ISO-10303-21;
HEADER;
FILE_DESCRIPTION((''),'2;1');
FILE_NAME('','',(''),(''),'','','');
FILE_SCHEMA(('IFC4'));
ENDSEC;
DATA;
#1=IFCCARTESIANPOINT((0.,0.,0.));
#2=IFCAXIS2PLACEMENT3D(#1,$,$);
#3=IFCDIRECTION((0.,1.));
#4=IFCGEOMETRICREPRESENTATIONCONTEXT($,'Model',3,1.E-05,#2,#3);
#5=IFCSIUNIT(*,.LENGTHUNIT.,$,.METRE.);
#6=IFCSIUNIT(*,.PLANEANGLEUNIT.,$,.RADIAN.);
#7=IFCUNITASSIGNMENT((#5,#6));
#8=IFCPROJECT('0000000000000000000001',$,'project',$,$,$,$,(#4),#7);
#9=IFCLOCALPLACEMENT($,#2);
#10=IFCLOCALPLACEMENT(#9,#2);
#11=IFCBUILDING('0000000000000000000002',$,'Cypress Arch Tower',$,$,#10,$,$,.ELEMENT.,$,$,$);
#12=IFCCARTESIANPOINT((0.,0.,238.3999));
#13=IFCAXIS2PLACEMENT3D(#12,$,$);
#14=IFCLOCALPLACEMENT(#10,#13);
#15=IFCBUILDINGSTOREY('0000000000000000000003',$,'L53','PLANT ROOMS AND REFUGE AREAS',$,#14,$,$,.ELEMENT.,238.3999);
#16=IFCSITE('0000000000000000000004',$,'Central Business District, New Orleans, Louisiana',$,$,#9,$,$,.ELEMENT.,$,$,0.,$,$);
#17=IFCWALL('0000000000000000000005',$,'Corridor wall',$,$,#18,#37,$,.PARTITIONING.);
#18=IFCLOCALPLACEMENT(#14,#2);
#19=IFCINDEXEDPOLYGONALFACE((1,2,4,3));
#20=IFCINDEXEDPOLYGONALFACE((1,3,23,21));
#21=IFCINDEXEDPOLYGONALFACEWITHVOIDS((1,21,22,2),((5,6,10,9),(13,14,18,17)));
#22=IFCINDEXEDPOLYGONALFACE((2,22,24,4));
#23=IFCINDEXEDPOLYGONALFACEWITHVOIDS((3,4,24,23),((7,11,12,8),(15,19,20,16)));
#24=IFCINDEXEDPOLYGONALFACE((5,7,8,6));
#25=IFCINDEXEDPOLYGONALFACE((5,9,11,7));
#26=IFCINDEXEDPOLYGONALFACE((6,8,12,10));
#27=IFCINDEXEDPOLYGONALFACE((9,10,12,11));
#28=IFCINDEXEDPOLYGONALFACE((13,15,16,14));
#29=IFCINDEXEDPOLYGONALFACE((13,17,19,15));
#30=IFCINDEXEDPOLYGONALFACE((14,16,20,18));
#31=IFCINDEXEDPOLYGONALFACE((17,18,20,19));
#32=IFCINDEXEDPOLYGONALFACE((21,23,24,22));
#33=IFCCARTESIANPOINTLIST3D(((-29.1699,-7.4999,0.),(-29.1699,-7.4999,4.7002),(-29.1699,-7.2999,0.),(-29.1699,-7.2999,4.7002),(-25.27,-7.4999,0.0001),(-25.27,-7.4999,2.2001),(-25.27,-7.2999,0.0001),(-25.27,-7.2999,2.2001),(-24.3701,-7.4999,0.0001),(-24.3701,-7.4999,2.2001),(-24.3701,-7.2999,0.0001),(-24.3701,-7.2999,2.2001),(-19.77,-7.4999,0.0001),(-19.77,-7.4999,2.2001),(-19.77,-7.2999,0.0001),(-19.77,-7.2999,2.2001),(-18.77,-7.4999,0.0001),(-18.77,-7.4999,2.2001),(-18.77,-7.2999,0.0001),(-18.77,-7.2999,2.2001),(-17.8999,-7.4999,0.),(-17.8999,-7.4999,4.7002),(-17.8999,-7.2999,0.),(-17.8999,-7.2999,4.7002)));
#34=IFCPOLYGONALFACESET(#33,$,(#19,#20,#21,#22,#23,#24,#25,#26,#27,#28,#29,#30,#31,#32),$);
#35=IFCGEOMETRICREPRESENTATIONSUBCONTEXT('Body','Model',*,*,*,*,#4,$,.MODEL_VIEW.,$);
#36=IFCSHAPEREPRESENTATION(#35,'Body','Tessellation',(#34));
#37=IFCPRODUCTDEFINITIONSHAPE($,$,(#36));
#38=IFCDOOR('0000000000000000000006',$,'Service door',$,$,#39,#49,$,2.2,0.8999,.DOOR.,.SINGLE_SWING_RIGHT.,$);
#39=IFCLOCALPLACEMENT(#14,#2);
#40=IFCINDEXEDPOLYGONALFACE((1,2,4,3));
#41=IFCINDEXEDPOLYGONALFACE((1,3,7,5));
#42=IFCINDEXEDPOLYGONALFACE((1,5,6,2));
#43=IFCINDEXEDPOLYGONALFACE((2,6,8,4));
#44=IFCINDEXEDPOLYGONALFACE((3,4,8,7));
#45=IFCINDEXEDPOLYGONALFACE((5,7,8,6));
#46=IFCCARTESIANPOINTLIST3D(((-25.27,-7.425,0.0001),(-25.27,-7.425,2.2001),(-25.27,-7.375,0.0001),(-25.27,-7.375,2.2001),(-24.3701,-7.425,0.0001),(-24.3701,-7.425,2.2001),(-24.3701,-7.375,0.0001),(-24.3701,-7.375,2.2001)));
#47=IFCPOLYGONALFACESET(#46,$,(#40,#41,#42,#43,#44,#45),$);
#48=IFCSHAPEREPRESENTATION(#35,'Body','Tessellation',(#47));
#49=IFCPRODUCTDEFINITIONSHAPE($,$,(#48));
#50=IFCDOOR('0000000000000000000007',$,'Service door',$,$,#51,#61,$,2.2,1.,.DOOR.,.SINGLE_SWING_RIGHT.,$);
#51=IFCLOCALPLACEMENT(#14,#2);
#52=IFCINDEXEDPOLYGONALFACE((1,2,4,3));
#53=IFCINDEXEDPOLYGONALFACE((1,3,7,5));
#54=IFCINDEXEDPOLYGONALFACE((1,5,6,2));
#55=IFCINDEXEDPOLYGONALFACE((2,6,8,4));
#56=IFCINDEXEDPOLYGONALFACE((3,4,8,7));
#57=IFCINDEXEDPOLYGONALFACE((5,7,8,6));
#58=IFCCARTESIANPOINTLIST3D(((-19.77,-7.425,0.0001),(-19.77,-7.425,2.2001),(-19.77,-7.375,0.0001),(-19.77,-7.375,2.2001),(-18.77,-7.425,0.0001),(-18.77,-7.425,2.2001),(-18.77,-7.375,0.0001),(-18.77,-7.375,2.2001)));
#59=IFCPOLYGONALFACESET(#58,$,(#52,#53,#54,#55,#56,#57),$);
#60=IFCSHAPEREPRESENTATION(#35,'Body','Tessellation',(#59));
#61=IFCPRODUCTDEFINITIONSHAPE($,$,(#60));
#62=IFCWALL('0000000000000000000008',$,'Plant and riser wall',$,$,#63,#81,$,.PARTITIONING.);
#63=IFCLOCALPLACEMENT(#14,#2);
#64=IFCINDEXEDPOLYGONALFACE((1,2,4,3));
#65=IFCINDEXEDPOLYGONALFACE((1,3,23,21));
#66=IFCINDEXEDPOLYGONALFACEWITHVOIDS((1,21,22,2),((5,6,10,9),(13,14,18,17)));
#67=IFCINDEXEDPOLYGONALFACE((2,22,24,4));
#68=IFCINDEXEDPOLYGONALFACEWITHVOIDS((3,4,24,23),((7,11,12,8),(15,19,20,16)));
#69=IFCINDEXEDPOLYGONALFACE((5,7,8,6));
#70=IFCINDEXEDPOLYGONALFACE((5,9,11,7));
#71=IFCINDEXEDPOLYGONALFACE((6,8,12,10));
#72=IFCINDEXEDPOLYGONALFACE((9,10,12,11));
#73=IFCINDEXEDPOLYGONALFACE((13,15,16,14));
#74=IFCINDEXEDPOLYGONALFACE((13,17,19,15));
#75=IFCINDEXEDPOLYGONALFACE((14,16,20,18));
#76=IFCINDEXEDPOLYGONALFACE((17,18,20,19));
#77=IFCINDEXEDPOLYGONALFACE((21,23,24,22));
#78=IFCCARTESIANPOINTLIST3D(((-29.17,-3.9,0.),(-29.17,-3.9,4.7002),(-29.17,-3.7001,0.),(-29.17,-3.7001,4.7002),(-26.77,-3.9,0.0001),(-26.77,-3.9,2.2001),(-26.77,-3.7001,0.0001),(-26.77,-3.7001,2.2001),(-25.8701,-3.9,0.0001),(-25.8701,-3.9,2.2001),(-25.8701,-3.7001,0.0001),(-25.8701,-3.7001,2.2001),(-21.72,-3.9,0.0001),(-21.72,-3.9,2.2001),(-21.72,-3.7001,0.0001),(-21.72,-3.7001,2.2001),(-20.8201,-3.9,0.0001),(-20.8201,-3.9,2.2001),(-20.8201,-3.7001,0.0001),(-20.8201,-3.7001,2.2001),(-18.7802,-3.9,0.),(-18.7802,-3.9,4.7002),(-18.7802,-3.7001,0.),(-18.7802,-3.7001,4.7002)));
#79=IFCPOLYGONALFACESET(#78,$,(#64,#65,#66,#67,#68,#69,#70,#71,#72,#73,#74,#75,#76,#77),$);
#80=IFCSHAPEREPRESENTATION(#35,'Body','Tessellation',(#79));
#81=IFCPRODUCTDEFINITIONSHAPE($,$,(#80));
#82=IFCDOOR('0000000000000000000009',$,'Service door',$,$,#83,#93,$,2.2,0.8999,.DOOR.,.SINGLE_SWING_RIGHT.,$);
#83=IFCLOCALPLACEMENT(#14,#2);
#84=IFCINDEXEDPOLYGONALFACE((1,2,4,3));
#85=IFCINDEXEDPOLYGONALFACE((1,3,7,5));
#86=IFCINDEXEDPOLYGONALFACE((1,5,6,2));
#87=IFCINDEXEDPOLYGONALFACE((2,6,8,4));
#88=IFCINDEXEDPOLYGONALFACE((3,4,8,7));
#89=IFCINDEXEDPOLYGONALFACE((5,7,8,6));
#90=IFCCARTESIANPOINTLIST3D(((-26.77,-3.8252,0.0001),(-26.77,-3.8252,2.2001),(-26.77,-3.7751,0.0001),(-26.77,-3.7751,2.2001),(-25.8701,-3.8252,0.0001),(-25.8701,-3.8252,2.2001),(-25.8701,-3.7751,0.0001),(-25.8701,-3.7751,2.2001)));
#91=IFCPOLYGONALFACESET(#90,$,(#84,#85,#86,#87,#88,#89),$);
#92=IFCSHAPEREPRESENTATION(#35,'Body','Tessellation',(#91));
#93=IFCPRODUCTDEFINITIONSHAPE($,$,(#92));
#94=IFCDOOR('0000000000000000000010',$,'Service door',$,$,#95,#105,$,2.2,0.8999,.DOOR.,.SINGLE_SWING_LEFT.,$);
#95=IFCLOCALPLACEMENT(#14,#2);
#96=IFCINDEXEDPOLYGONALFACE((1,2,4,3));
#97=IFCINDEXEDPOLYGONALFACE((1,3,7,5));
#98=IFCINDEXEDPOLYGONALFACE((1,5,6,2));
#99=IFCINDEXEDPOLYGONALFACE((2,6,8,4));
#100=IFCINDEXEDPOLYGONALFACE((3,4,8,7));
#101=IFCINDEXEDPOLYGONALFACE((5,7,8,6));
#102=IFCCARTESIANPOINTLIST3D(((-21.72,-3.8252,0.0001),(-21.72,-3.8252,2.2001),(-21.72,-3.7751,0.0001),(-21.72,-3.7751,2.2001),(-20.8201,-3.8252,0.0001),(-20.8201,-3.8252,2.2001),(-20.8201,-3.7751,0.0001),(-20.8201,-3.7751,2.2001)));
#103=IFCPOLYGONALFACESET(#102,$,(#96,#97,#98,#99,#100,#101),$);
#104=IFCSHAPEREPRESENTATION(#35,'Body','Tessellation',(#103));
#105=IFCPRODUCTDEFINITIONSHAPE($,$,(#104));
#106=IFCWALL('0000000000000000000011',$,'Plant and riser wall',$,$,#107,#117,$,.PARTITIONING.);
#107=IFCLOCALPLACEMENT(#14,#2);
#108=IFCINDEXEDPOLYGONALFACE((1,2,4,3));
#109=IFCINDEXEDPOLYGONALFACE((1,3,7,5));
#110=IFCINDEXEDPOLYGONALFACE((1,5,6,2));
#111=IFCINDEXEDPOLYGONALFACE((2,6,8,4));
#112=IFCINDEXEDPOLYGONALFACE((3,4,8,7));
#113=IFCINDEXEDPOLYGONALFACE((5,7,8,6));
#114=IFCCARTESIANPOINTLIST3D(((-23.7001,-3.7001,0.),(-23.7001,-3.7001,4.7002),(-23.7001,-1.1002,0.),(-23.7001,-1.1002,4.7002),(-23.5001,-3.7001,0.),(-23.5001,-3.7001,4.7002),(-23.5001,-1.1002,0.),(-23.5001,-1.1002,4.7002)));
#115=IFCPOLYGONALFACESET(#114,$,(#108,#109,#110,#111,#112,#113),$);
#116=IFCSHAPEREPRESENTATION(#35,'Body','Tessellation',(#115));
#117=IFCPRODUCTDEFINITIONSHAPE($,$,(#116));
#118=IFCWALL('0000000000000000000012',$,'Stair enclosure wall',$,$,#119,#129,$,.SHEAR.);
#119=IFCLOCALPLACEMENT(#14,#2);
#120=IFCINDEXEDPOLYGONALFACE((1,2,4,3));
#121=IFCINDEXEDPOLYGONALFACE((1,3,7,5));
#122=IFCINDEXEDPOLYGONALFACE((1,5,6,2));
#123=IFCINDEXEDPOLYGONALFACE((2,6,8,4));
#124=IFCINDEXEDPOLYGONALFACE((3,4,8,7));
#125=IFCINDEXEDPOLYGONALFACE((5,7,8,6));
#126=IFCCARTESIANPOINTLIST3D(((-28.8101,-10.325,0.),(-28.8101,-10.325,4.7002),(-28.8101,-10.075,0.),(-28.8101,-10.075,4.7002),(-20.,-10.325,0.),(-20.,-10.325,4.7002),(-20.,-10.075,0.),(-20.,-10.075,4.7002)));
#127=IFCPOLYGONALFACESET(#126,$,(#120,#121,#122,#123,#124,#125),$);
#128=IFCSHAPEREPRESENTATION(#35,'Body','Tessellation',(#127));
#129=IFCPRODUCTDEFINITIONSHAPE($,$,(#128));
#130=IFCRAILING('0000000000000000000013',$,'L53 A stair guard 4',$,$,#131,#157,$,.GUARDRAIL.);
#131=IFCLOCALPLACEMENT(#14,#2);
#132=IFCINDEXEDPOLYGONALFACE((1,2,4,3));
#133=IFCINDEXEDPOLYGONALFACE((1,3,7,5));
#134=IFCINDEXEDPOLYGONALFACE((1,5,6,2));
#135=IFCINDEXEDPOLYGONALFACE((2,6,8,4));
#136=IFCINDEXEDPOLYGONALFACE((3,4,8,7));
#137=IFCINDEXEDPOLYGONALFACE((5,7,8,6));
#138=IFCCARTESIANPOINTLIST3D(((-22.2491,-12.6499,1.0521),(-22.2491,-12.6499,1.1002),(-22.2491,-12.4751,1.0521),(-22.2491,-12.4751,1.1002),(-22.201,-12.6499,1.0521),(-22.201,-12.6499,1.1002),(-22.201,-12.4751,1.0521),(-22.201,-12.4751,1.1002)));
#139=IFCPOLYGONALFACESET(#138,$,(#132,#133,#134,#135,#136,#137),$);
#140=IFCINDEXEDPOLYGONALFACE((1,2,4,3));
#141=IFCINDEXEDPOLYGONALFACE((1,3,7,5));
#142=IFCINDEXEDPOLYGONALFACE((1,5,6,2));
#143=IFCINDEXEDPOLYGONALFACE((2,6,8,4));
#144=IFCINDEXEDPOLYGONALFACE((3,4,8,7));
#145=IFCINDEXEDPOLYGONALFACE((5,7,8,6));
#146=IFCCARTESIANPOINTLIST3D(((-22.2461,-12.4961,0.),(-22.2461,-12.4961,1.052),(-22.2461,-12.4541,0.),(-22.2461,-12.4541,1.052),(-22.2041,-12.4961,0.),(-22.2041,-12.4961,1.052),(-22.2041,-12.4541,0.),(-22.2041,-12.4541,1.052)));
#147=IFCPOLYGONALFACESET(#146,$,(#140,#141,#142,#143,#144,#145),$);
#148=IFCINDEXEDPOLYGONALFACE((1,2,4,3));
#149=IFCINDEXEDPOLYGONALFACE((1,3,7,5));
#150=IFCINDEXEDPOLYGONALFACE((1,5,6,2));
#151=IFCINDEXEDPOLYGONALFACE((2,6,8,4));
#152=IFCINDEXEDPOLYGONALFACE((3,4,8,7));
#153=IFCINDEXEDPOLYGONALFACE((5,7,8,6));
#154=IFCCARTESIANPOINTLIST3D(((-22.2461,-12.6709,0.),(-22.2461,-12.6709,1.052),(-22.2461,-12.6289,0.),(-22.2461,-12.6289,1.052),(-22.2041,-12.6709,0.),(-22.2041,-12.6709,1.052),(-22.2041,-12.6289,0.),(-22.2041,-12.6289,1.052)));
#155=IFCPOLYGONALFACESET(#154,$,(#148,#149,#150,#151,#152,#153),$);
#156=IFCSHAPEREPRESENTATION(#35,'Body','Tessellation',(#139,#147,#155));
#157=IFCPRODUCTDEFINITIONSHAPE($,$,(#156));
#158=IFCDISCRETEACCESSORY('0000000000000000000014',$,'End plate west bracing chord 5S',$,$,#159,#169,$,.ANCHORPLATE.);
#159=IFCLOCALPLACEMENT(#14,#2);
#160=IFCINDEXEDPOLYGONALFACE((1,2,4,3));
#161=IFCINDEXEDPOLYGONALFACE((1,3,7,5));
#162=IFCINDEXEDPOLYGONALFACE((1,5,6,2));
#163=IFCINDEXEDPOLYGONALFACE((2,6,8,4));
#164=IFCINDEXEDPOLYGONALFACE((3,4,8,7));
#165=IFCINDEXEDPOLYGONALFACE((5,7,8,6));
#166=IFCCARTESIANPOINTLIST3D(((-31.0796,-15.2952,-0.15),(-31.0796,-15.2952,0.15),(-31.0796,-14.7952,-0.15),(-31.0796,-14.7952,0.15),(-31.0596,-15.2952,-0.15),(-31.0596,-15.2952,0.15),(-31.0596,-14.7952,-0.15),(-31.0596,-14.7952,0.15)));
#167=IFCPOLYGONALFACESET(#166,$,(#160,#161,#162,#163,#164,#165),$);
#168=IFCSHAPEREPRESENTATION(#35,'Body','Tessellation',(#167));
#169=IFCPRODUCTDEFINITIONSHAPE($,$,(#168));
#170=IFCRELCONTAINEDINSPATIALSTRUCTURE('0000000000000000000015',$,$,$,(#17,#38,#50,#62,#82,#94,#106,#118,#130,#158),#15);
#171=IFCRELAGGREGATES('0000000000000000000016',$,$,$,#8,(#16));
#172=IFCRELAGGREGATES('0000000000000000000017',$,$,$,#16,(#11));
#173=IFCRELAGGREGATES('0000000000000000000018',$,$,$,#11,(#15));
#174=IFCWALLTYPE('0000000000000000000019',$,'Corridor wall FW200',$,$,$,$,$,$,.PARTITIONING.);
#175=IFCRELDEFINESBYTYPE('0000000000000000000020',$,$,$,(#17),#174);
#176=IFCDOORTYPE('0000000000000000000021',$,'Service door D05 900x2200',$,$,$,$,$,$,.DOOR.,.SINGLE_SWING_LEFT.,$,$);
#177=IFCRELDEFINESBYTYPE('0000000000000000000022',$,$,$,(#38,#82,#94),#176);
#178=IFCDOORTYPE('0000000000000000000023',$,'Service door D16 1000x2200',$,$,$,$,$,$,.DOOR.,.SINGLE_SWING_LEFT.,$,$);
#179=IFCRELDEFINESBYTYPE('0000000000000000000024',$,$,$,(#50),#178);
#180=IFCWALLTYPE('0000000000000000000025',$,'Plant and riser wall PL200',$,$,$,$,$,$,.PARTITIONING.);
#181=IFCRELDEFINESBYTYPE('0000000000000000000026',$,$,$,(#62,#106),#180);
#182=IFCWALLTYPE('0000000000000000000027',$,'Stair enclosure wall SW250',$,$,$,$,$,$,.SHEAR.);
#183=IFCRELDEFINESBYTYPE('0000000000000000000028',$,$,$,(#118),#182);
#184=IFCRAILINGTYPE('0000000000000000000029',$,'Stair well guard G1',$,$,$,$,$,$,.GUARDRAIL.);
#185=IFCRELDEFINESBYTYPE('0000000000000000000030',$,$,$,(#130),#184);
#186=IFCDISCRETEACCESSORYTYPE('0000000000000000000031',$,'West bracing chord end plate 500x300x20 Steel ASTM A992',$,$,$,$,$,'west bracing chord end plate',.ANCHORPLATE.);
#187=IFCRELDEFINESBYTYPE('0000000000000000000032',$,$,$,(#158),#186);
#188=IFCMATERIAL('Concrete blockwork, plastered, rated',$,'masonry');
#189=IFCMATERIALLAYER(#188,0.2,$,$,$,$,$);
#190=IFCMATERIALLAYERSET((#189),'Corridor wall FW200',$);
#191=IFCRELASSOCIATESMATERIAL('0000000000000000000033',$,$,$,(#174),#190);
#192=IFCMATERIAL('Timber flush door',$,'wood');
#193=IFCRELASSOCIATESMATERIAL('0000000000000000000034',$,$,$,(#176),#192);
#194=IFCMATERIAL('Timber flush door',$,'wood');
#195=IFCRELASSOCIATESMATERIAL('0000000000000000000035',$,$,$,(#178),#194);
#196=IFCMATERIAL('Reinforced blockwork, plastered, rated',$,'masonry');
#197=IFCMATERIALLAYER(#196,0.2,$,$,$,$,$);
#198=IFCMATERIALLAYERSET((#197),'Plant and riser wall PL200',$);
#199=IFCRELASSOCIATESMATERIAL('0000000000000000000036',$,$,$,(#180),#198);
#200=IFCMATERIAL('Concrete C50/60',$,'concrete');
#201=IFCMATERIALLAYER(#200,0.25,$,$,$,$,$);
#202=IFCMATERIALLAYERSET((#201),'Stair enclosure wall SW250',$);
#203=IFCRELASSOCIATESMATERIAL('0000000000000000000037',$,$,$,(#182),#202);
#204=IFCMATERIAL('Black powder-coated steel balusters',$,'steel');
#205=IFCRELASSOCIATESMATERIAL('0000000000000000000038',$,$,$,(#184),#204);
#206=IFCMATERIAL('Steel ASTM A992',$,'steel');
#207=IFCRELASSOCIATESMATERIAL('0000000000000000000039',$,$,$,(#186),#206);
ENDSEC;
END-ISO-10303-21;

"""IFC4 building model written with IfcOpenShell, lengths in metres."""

from ifc_helpers import new_model, si_unit, direction, frame, frame_2d, origin, origin_2d, place, context, subcontext, project, spatial, rectangle, extrude, material, layer, layer_set, material_profile, profile_set, type_object, element, fill, save


model = new_model("IFC4")

# Units and contexts
model_context = context("Model", 3, precision=1e-05, world=origin(), true_north=direction((0.0, 1.0)))
body_context = subcontext(model_context, "Body", "Model", "MODEL_VIEW")
ifc_project = project(units=[si_unit("LENGTHUNIT", "METRE"), si_unit("PLANEANGLEUNIT", "RADIAN")], contexts=[model_context])

# Site, building, storey
site_placement = place(None, origin())
site = spatial("IfcSite", under=ifc_project, at=site_placement, Name="Central Business District, New Orleans, Louisiana", CompositionType="ELEMENT", RefElevation=0.0)
building_placement = place(site_placement, origin())
building = spatial("IfcBuilding", under=site, at=building_placement, Name="Cypress Arch Tower", CompositionType="ELEMENT")
storey_placement = place(building_placement, frame((0.0, 0.0, 238.3999)))
storey = spatial("IfcBuildingStorey", under=building, at=storey_placement, Name="L53", Description="PLANT ROOMS AND REFUGE AREAS", CompositionType="ELEMENT", Elevation=238.3999)

# Walls, openings, doors
ifc_material_1 = material(Name="Concrete blockwork, plastered, rated", Category="masonry")
ifc_layer_1 = layer(ifc_material_1, 0.2)
ifc_layer_set_1 = layer_set([ifc_layer_1], Name="Corridor wall FW200")
wall_type_1 = type_object("IfcWallType", Name="Corridor wall FW200", PredefinedType="PARTITIONING", material=ifc_layer_set_1)
wall_1_placement = place(storey_placement, frame((-29.1699, -7.3999, 0.0), z_axis=(0.0, 0.0, 1.0), x_axis=(1.0, 0.0, 0.0)))
wall_1 = element("IfcWall", 1, at=wall_1_placement, inside=storey, type_object=wall_type_1, Name="Corridor wall", PredefinedType="PARTITIONING", context=body_context, shape_type="SweptSolid", body=[
    extrude(rectangle(XDim=11.27, YDim=0.2, at=frame_2d((5.635, 0.0))), origin(), (0.0, 0.0, 1.0), 4.7002),
])
opening_1_placement = place(wall_1_placement, frame((9.3999, 0.0, 0.0)))
opening_1 = element("IfcOpeningElement", 2, at=opening_1_placement, cuts=wall_1, PredefinedType="OPENING", context=body_context, shape_type="SweptSolid", body=[
    extrude(rectangle(XDim=1.0, YDim=2.2, at=frame_2d((0.5, 1.1001))), frame((0.0, 0.1099, 0.0), z_axis=(0.0, -1.0, 0.0), x_axis=(1.0, 0.0, 0.0)), (0.0, 0.0, 1.0), 0.22),
])
opening_2_placement = place(wall_1_placement, frame((3.8999, 0.0, 0.0)))
opening_2 = element("IfcOpeningElement", 3, at=opening_2_placement, cuts=wall_1, PredefinedType="OPENING", context=body_context, shape_type="SweptSolid", body=[
    extrude(rectangle(XDim=0.8999, YDim=2.2, at=frame_2d((0.45, 1.1001))), frame((0.0, 0.1099, 0.0), z_axis=(0.0, -1.0, 0.0), x_axis=(1.0, 0.0, 0.0)), (0.0, 0.0, 1.0), 0.22),
])
ifc_material_2 = material(Name="Timber flush door", Category="wood")
door_type_1 = type_object("IfcDoorType", Name="Service door D05 900x2200", OperationType="SINGLE_SWING_LEFT", PredefinedType="DOOR", material=ifc_material_2)
door_1_placement = place(opening_2_placement, origin())
door_1 = element("IfcDoor", 4, at=door_1_placement, inside=storey, type_object=door_type_1, Name="Service door", OperationType="SINGLE_SWING_RIGHT", OverallHeight=2.2, OverallWidth=0.8999, PredefinedType="DOOR", context=body_context, shape_type="SweptSolid", body=[
    extrude(rectangle(XDim=0.8999, YDim=2.2, at=frame_2d((0.45, 1.1001))), frame((0.0, 0.0249, 0.0), z_axis=(0.0, -1.0, 0.0), x_axis=(1.0, 0.0, 0.0)), (0.0, 0.0, 1.0), 0.05),
])
fill(opening_2, door_1)
ifc_material_3 = material(Name="Timber flush door", Category="wood")
door_type_2 = type_object("IfcDoorType", Name="Service door D16 1000x2200", OperationType="SINGLE_SWING_LEFT", PredefinedType="DOOR", material=ifc_material_3)
door_2_placement = place(opening_1_placement, origin())
door_2 = element("IfcDoor", 5, at=door_2_placement, inside=storey, type_object=door_type_2, Name="Service door", OperationType="SINGLE_SWING_RIGHT", OverallHeight=2.2, OverallWidth=1.0, PredefinedType="DOOR", context=body_context, shape_type="SweptSolid", body=[
    extrude(rectangle(XDim=1.0, YDim=2.2, at=frame_2d((0.5, 1.1001))), frame((0.0, 0.0249, 0.0), z_axis=(0.0, -1.0, 0.0), x_axis=(1.0, 0.0, 0.0)), (0.0, 0.0, 1.0), 0.05),
])
fill(opening_1, door_2)
ifc_material_4 = material(Name="Reinforced blockwork, plastered, rated", Category="masonry")
ifc_layer_2 = layer(ifc_material_4, 0.2)
ifc_layer_set_2 = layer_set([ifc_layer_2], Name="Plant and riser wall PL200")
wall_type_2 = type_object("IfcWallType", Name="Plant and riser wall PL200", PredefinedType="PARTITIONING", material=ifc_layer_set_2)
wall_2_placement = place(storey_placement, frame((-29.1699, -3.8, 0.0), z_axis=(0.0, 0.0, 1.0), x_axis=(1.0, 0.0, 0.0)))
wall_2 = element("IfcWall", 6, at=wall_2_placement, inside=storey, type_object=wall_type_2, Name="Plant and riser wall", PredefinedType="PARTITIONING", context=body_context, shape_type="SweptSolid", body=[
    extrude(rectangle(XDim=10.3899, YDim=0.2, at=frame_2d((5.1948, 0.0))), origin(), (0.0, 0.0, 1.0), 4.7002),
])
opening_3_placement = place(wall_2_placement, frame((2.3999, 0.0, 0.0)))
opening_3 = element("IfcOpeningElement", 7, at=opening_3_placement, cuts=wall_2, PredefinedType="OPENING", context=body_context, shape_type="SweptSolid", body=[
    extrude(rectangle(XDim=0.8999, YDim=2.2, at=frame_2d((0.45, 1.1001))), frame((0.0, 0.1099, 0.0), z_axis=(0.0, -1.0, 0.0), x_axis=(1.0, 0.0, 0.0)), (0.0, 0.0, 1.0), 0.22),
])
opening_4_placement = place(wall_2_placement, frame((7.45, 0.0, 0.0)))
opening_4 = element("IfcOpeningElement", 8, at=opening_4_placement, cuts=wall_2, PredefinedType="OPENING", context=body_context, shape_type="SweptSolid", body=[
    extrude(rectangle(XDim=0.8999, YDim=2.2, at=frame_2d((0.45, 1.1001))), frame((0.0, 0.1099, 0.0), z_axis=(0.0, -1.0, 0.0), x_axis=(1.0, 0.0, 0.0)), (0.0, 0.0, 1.0), 0.22),
])
door_3_placement = place(opening_3_placement, origin())
door_3 = element("IfcDoor", 9, at=door_3_placement, inside=storey, type_object=door_type_1, Name="Service door", OperationType="SINGLE_SWING_RIGHT", OverallHeight=2.2, OverallWidth=0.8999, PredefinedType="DOOR", context=body_context, shape_type="SweptSolid", body=[
    extrude(rectangle(XDim=0.8999, YDim=2.2, at=frame_2d((0.45, 1.1001))), frame((0.0, 0.0249, 0.0), z_axis=(0.0, -1.0, 0.0), x_axis=(1.0, 0.0, 0.0)), (0.0, 0.0, 1.0), 0.05),
])
fill(opening_3, door_3)
door_4_placement = place(opening_4_placement, origin())
door_4 = element("IfcDoor", 10, at=door_4_placement, inside=storey, type_object=door_type_1, Name="Service door", OperationType="SINGLE_SWING_LEFT", OverallHeight=2.2, OverallWidth=0.8999, PredefinedType="DOOR", context=body_context, shape_type="SweptSolid", body=[
    extrude(rectangle(XDim=0.8999, YDim=2.2, at=frame_2d((0.45, 1.1001))), frame((0.0, 0.0249, 0.0), z_axis=(0.0, -1.0, 0.0), x_axis=(1.0, 0.0, 0.0)), (0.0, 0.0, 1.0), 0.05),
])
fill(opening_4, door_4)

# Walls
wall_3_placement = place(storey_placement, frame((-23.6001, -3.7, 0.0), z_axis=(0.0, 0.0, 1.0), x_axis=(0.0, 1.0, 0.0)))
element("IfcWall", 11, at=wall_3_placement, inside=storey, type_object=wall_type_2, Name="Plant and riser wall", PredefinedType="PARTITIONING", context=body_context, shape_type="SweptSolid", body=[
    extrude(rectangle(XDim=2.5999, YDim=0.2, at=frame_2d((1.2998, 0.0))), origin(), (0.0, 0.0, 1.0), 4.7002),
])
ifc_material_5 = material(Name="Concrete C50/60", Category="concrete")
ifc_layer_3 = layer(ifc_material_5, 0.25)
ifc_layer_set_3 = layer_set([ifc_layer_3], Name="Stair enclosure wall SW250")
wall_type_3 = type_object("IfcWallType", Name="Stair enclosure wall SW250", PredefinedType="SHEAR", material=ifc_layer_set_3)
wall_4_placement = place(storey_placement, frame((-28.8101, -10.2, 0.0), z_axis=(0.0, 0.0, 1.0), x_axis=(1.0, 0.0, 0.0)))
element("IfcWall", 12, at=wall_4_placement, inside=storey, type_object=wall_type_3, Name="Stair enclosure wall", PredefinedType="SHEAR", context=body_context, shape_type="SweptSolid", body=[
    extrude(rectangle(XDim=8.8101, YDim=0.25, at=frame_2d((4.405, 0.0))), origin(), (0.0, 0.0, 1.0), 4.7002),
])

# Railing
ifc_material_6 = material(Name="Black powder-coated steel balusters", Category="steel")
railing_type = type_object("IfcRailingType", Name="Stair well guard G1", PredefinedType="GUARDRAIL", material=ifc_material_6)
railing_placement = place(storey_placement, frame((-22.2251, -12.4751, 0.0)))
element("IfcRailing", 13, at=railing_placement, inside=storey, type_object=railing_type, Name="L53 A stair guard 4", PredefinedType="GUARDRAIL", context=body_context, shape_type="SweptSolid", body=[
    extrude(rectangle(XDim=0.0481, YDim=0.0481, at=origin_2d()), frame((0.0, 0.0, 1.0762), z_axis=(0.0, -1.0, 0.0), x_axis=(1.0, 0.0, 0.0)), (0.0, 0.0, 1.0), 0.1748),
    extrude(rectangle(XDim=0.042, YDim=0.042, at=origin_2d()), origin(), (0.0, 0.0, 1.0), 1.052),
    extrude(rectangle(XDim=0.042, YDim=0.042, at=origin_2d()), frame((0.0, -0.1748, 0.0)), (0.0, 0.0, 1.0), 1.052),
])

# Discrete accessory
ifc_material_7 = material(Name="Steel ASTM A992", Category="steel")
ifc_material_profile_1 = material_profile(ifc_material_7, rectangle(XDim=0.5, YDim=0.3, at=origin_2d()), Name="PL 20 500x300")
ifc_profile_set_1 = profile_set([ifc_material_profile_1], Name="Steel ASTM A992")
discrete_accessory_type = type_object("IfcDiscreteAccessoryType", Name="West bracing chord end plate 500x300x20 Steel ASTM A992", ElementType="west bracing chord end plate", PredefinedType="ANCHORPLATE", material=ifc_profile_set_1)
discrete_accessory_placement = place(storey_placement, frame((-31.0596, -15.0452, 0.0), z_axis=(-1.0, 0.0, 0.0), x_axis=(0.0, -1.0, 0.0)))
element("IfcDiscreteAccessory", 14, at=discrete_accessory_placement, inside=storey, type_object=discrete_accessory_type, Name="End plate west bracing chord 5S", PredefinedType="ANCHORPLATE", context=body_context, shape_type="SweptSolid", body=[
    extrude(rectangle(XDim=0.5, YDim=0.3, at=origin_2d()), origin(), (0.0, 0.0, 1.0), 0.02),
])

save(model, "model.ifc")
